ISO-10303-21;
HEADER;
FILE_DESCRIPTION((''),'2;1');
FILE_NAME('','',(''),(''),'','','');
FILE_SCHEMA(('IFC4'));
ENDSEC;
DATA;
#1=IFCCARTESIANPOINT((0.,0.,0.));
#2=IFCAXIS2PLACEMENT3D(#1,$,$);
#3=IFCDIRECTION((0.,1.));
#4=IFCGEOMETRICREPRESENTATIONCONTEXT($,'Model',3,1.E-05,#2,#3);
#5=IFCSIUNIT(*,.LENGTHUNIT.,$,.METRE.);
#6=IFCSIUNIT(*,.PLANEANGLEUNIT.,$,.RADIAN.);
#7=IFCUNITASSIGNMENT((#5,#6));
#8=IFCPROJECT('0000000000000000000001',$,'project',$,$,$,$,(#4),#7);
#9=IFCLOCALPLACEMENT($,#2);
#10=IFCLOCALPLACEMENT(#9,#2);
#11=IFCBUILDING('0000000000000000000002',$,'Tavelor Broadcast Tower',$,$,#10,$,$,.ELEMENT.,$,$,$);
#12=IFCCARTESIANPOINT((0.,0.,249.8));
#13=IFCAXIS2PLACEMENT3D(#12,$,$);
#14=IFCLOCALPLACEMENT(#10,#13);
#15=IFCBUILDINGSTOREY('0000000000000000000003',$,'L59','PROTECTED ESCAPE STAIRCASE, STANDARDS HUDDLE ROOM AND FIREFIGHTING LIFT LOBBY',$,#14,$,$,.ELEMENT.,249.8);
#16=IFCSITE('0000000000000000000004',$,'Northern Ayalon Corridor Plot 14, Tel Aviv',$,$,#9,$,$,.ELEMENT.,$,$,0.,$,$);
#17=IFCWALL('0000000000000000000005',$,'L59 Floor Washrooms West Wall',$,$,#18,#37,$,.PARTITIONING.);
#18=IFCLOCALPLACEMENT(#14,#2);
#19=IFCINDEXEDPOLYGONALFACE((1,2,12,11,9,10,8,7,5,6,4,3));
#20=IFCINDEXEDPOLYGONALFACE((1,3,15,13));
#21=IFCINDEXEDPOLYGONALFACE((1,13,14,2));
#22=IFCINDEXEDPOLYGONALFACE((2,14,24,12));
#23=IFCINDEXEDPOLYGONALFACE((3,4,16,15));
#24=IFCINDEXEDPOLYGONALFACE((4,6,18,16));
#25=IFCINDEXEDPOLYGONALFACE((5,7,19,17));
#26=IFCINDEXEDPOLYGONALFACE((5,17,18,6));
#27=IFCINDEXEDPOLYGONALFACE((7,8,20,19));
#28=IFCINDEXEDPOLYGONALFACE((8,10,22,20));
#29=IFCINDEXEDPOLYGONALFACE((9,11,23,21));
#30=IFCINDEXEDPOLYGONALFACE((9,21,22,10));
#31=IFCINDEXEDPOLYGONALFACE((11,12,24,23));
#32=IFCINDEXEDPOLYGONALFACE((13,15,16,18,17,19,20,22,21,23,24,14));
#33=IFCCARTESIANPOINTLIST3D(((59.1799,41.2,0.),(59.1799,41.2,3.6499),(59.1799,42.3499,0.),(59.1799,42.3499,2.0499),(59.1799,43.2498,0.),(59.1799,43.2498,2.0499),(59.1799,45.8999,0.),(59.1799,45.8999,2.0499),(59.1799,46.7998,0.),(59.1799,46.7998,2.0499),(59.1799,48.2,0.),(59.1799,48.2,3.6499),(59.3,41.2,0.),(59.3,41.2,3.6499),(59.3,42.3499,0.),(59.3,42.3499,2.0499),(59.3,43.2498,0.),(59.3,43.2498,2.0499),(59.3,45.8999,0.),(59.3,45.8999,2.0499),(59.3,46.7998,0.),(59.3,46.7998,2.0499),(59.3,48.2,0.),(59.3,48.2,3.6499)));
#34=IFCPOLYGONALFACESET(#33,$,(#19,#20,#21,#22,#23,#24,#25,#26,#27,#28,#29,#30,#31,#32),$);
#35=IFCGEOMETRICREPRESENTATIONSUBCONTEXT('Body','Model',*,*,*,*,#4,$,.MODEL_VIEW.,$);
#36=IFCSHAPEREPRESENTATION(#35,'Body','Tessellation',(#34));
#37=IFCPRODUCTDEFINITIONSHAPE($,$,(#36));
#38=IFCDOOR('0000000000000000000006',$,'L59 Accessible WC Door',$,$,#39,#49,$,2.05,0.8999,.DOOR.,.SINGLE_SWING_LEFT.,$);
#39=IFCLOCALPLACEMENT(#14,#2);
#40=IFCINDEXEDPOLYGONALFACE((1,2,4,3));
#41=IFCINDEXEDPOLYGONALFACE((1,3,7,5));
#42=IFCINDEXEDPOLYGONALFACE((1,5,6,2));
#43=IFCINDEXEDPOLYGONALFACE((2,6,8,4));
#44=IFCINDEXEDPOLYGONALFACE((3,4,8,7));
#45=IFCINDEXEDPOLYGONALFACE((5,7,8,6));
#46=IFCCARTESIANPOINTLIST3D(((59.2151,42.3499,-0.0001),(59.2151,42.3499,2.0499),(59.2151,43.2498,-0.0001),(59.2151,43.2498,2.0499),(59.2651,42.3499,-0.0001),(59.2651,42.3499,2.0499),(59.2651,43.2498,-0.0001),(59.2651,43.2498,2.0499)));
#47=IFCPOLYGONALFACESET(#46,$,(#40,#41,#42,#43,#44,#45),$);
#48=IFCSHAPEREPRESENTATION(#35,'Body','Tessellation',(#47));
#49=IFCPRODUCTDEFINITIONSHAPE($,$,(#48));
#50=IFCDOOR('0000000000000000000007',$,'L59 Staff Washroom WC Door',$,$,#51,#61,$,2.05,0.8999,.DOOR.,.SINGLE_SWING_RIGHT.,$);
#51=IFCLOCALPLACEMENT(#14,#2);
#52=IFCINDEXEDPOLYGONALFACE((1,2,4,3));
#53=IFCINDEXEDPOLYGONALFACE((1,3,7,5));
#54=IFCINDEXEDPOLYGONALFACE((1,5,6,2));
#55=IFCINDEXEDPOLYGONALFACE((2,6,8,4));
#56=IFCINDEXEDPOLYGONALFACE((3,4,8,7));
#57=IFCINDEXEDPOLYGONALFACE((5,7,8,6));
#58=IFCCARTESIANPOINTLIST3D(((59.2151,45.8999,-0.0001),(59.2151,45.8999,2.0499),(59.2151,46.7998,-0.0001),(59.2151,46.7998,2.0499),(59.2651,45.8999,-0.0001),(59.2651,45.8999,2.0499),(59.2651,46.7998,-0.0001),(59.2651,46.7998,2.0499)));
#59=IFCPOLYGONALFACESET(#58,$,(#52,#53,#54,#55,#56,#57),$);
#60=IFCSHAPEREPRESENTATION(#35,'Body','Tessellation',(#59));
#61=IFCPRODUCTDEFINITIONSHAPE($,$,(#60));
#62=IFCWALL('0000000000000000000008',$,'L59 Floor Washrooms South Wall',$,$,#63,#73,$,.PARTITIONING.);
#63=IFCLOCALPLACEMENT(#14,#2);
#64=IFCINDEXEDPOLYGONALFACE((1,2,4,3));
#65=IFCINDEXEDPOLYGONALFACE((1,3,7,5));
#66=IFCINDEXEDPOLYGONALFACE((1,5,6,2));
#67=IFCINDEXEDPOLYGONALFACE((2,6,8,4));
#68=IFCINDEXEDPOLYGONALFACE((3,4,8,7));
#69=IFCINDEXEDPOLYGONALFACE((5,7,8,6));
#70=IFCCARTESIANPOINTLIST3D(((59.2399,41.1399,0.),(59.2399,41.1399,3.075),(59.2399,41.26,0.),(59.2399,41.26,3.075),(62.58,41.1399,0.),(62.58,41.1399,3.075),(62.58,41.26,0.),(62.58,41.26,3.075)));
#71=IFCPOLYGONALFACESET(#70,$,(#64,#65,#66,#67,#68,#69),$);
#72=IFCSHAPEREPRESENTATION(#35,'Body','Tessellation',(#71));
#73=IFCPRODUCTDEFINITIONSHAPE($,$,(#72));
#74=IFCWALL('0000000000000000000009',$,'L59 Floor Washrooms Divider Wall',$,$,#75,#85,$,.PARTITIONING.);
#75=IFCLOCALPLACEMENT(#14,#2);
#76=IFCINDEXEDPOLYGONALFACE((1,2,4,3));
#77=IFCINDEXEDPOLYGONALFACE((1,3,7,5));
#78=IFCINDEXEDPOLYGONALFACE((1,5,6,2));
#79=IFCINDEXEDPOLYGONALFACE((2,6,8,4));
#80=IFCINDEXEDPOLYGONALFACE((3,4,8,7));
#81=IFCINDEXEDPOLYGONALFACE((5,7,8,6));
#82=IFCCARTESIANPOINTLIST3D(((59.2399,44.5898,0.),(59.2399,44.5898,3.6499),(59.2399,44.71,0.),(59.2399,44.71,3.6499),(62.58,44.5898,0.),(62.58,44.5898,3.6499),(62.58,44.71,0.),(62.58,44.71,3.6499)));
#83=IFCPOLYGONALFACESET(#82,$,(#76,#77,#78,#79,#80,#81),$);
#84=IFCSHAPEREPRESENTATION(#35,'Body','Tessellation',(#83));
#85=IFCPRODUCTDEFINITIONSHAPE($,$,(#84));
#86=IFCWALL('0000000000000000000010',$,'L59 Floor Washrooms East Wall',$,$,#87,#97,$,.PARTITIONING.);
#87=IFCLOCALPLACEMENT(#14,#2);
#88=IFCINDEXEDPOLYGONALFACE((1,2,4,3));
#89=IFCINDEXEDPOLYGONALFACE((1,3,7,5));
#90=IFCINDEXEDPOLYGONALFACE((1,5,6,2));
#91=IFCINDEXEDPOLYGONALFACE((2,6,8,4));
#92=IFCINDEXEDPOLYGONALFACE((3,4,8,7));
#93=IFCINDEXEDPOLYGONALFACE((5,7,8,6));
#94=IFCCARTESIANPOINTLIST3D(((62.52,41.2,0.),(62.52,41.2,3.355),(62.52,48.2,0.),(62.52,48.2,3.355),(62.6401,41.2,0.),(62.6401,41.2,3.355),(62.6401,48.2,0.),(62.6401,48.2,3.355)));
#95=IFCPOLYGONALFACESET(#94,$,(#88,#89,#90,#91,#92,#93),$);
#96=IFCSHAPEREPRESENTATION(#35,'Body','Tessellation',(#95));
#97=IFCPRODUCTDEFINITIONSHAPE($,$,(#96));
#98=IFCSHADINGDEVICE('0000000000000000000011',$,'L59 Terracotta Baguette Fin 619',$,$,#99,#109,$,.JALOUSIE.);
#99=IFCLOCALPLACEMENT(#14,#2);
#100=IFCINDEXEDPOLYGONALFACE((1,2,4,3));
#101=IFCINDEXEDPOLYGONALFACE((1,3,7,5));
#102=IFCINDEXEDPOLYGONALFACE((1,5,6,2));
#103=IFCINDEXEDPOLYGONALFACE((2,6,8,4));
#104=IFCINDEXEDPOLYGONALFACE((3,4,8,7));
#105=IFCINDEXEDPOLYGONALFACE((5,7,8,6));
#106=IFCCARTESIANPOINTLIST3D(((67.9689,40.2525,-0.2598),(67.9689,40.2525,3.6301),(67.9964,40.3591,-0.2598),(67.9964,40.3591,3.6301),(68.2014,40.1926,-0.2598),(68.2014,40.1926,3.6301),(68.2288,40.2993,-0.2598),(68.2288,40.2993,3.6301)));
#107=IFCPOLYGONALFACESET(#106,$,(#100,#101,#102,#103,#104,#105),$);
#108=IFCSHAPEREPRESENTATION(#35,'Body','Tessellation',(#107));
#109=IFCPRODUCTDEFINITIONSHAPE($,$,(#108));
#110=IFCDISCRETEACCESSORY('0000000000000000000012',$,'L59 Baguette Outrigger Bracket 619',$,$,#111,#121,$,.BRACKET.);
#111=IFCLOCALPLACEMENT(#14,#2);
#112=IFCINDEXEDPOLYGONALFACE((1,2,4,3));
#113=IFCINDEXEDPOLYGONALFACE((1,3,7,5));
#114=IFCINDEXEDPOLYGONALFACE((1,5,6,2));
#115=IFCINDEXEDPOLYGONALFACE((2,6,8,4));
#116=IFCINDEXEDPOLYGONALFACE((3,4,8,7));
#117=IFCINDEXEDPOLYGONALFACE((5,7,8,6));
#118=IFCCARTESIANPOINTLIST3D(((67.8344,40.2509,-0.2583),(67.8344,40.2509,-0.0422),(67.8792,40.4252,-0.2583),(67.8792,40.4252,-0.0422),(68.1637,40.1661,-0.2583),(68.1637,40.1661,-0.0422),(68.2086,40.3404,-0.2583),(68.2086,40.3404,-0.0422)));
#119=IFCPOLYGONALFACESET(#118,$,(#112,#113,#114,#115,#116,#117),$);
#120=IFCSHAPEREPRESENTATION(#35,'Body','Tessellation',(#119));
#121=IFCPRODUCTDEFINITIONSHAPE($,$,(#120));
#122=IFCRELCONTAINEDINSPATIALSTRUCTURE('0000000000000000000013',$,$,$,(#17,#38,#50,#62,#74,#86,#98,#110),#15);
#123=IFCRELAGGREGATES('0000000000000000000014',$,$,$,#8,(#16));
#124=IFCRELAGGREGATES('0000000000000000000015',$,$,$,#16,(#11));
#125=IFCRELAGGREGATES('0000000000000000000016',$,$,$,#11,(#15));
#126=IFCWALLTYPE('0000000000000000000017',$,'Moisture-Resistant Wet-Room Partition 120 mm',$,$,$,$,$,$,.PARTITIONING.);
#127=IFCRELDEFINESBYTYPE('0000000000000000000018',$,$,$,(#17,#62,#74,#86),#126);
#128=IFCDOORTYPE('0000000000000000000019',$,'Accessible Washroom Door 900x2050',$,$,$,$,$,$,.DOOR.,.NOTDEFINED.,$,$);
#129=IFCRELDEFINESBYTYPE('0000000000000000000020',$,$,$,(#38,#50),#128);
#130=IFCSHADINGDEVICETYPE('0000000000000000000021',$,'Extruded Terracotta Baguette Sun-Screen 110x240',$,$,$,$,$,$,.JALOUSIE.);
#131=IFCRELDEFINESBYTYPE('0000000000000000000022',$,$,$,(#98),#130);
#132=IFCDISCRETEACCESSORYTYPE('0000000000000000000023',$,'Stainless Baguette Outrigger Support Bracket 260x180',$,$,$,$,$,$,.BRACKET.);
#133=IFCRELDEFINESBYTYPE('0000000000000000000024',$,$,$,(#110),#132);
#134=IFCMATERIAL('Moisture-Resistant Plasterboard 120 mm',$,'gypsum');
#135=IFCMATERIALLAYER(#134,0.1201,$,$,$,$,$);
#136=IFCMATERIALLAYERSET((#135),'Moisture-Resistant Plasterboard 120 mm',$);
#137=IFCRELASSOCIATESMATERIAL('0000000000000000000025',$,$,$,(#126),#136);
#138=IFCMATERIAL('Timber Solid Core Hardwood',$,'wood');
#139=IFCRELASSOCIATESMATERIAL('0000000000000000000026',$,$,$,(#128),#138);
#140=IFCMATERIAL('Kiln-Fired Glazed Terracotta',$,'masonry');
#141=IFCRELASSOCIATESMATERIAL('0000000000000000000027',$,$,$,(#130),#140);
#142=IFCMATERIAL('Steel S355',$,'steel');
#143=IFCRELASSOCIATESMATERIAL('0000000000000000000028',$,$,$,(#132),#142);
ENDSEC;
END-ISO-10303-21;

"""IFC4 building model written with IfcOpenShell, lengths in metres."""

from ifc_helpers import new_model, si_unit, direction, frame, frame_2d, origin, origin_2d, place, context, subcontext, project, spatial, rectangle, extrude, source, transform, mapped, material, layer, layer_set, type_object, type_shapes, element, fill, save


model = new_model("IFC4")

# Units and contexts
model_context = context("Model", 3, precision=1e-05, world=origin(), true_north=direction((0.0, 1.0)))
body_context = subcontext(model_context, "Body", "Model", "MODEL_VIEW")
ifc_project = project(units=[si_unit("LENGTHUNIT", "METRE"), si_unit("PLANEANGLEUNIT", "RADIAN")], contexts=[model_context])

# Site, building, storey
site_placement = place(None, origin())
site = spatial("IfcSite", under=ifc_project, at=site_placement, Name="Northern Ayalon Corridor Plot 14, Tel Aviv", CompositionType="ELEMENT", RefElevation=0.0)
building_placement = place(site_placement, origin())
building = spatial("IfcBuilding", under=site, at=building_placement, Name="Tavelor Broadcast Tower", CompositionType="ELEMENT")
storey_placement = place(building_placement, frame((0.0, 0.0, 249.8)))
storey = spatial("IfcBuildingStorey", under=building, at=storey_placement, Name="L59", Description="PROTECTED ESCAPE STAIRCASE, STANDARDS HUDDLE ROOM AND FIREFIGHTING LIFT LOBBY", CompositionType="ELEMENT", Elevation=249.8)

# Shared definitions
ifc_material_1 = material(Name="Steel S355", Category="steel")

# Shared definitions
ifc_material_2 = material(Name="Timber Solid Core Hardwood", Category="wood")

# Wall, openings, doors
ifc_material_3 = material(Name="Moisture-Resistant Plasterboard 120 mm", Category="gypsum")
ifc_layer_1 = layer(ifc_material_3, 0.1201)
ifc_layer_set_1 = layer_set([ifc_layer_1], Name="Moisture-Resistant Plasterboard 120 mm")
wall_type_1 = type_object("IfcWallType", Name="Moisture-Resistant Wet-Room Partition 120 mm", PredefinedType="PARTITIONING", material=ifc_layer_set_1)
wall_1_placement = place(storey_placement, frame((59.24, 41.2, 0.0), z_axis=(0.0, 0.0, 1.0), x_axis=(0.0, 1.0, 0.0)))
wall_1 = element("IfcWall", 1, at=wall_1_placement, inside=storey, type_object=wall_type_1, Name="L59 Floor Washrooms West Wall", PredefinedType="PARTITIONING", context=body_context, shape_type="SweptSolid", body=[
    extrude(rectangle(XDim=7.0, YDim=0.1201, at=frame_2d((3.5, 0.0))), origin(), (0.0, 0.0, 1.0), 3.6499),
])
opening_1_placement = place(wall_1_placement, frame((1.1499, 0.0, 0.0)))
opening_1 = element("IfcOpeningElement", 2, at=opening_1_placement, cuts=wall_1, PredefinedType="OPENING", context=body_context, shape_type="SweptSolid", body=[
    extrude(rectangle(XDim=0.8999, YDim=2.05, at=frame_2d((0.45, 1.0249))), frame((0.0, 0.0701, 0.0), z_axis=(0.0, -1.0, 0.0), x_axis=(1.0, 0.0, 0.0)), (0.0, 0.0, 1.0), 0.1401),
])
opening_2_placement = place(wall_1_placement, frame((4.7, 0.0, 0.0)))
opening_2 = element("IfcOpeningElement", 3, at=opening_2_placement, cuts=wall_1, PredefinedType="OPENING", context=body_context, shape_type="SweptSolid", body=[
    extrude(rectangle(XDim=0.8999, YDim=2.05, at=frame_2d((0.45, 1.0249))), frame((0.0, 0.0701, 0.0), z_axis=(0.0, -1.0, 0.0), x_axis=(1.0, 0.0, 0.0)), (0.0, 0.0, 1.0), 0.1401),
])
door_type_1 = type_object("IfcDoorType", Name="Accessible Washroom Door 900x2050", OperationType="NOTDEFINED", PredefinedType="DOOR", material=ifc_material_2)
door_1_placement = place(opening_1_placement, origin())
door_1 = element("IfcDoor", 4, at=door_1_placement, inside=storey, type_object=door_type_1, Name="L59 Accessible WC Door", OperationType="SINGLE_SWING_LEFT", OverallHeight=2.05, OverallWidth=0.8999, PredefinedType="DOOR", context=body_context, shape_type="SweptSolid", body=[
    extrude(rectangle(XDim=0.8999, YDim=2.05, at=frame_2d((0.45, 1.0249))), frame((0.0, 0.0249, 0.0), z_axis=(0.0, -1.0, 0.0), x_axis=(1.0, 0.0, 0.0)), (0.0, 0.0, 1.0), 0.05),
])
fill(opening_1, door_1)
door_2_placement = place(opening_2_placement, origin())
door_2 = element("IfcDoor", 5, at=door_2_placement, inside=storey, type_object=door_type_1, Name="L59 Staff Washroom WC Door", OperationType="SINGLE_SWING_RIGHT", OverallHeight=2.05, OverallWidth=0.8999, PredefinedType="DOOR", context=body_context, shape_type="SweptSolid", body=[
    extrude(rectangle(XDim=0.8999, YDim=2.05, at=frame_2d((0.45, 1.0249))), frame((0.0, 0.0249, 0.0), z_axis=(0.0, -1.0, 0.0), x_axis=(1.0, 0.0, 0.0)), (0.0, 0.0, 1.0), 0.05),
])
fill(opening_2, door_2)

# Walls
wall_2_placement = place(storey_placement, frame((59.24, 41.2, 0.0), z_axis=(0.0, 0.0, 1.0), x_axis=(1.0, 0.0, 0.0)))
element("IfcWall", 6, at=wall_2_placement, inside=storey, type_object=wall_type_1, Name="L59 Floor Washrooms South Wall", PredefinedType="PARTITIONING", context=body_context, shape_type="SweptSolid", body=[
    extrude(rectangle(XDim=3.3401, YDim=0.1201, at=frame_2d((1.6699, 0.0))), origin(), (0.0, 0.0, 1.0), 3.075),
])
wall_3_placement = place(storey_placement, frame((59.24, 44.6499, 0.0), z_axis=(0.0, 0.0, 1.0), x_axis=(1.0, 0.0, 0.0)))
element("IfcWall", 7, at=wall_3_placement, inside=storey, type_object=wall_type_1, Name="L59 Floor Washrooms Divider Wall", PredefinedType="PARTITIONING", context=body_context, shape_type="SweptSolid", body=[
    extrude(rectangle(XDim=3.3401, YDim=0.1201, at=frame_2d((1.6699, 0.0))), origin(), (0.0, 0.0, 1.0), 3.6499),
])
wall_4_placement = place(storey_placement, frame((62.5801, 41.2, 0.0), z_axis=(0.0, 0.0, 1.0), x_axis=(0.0, 1.0, 0.0)))
element("IfcWall", 8, at=wall_4_placement, inside=storey, type_object=wall_type_1, Name="L59 Floor Washrooms East Wall", PredefinedType="PARTITIONING", context=body_context, shape_type="SweptSolid", body=[
    extrude(rectangle(XDim=7.0, YDim=0.1201, at=frame_2d((3.5, 0.0))), origin(), (0.0, 0.0, 1.0), 3.355),
])

# Shading device
ifc_material_4 = material(Name="Kiln-Fired Glazed Terracotta", Category="masonry")
shading_device_type = type_object("IfcShadingDeviceType", Name="Extruded Terracotta Baguette Sun-Screen 110x240", PredefinedType="JALOUSIE", material=ifc_material_4)
shared_shape_1 = source(origin(), body_context, "Body", "SweptSolid", [
    extrude(rectangle(XDim=0.1101, YDim=0.24, at=origin_2d()), origin(), (0.0, 0.0, 1.0), 3.8899),
])
type_shapes(shading_device_type, [shared_shape_1])
shading_device_placement = place(storey_placement, frame((68.0989, 40.2759, -0.2598), z_axis=(0.0, 0.0, 1.0), x_axis=(0.249366, 0.968409, 0.0)))
element("IfcShadingDevice", 9, at=shading_device_placement, inside=storey, type_object=shading_device_type, Name="L59 Terracotta Baguette Fin 619", PredefinedType="JALOUSIE", context=body_context, shape_type="MappedRepresentation", body=[
    mapped(shared_shape_1, transform((0.0, 0.0, 0.0), scale=1.0)),
])

# Discrete accessory
discrete_accessory_type = type_object("IfcDiscreteAccessoryType", Name="Stainless Baguette Outrigger Support Bracket 260x180", PredefinedType="BRACKET", material=ifc_material_1)
shared_shape_2 = source(origin(), body_context, "Body", "SweptSolid", [
    extrude(rectangle(XDim=0.1799, YDim=0.3401, at=origin_2d()), origin(), (0.0, 0.0, 1.0), 0.2161),
])
type_shapes(discrete_accessory_type, [shared_shape_2])
discrete_accessory_placement = place(storey_placement, frame((68.0215, 40.2957, -0.2583), z_axis=(0.0, 0.0, 1.0), x_axis=(0.249366, 0.968409, 0.0)))
element("IfcDiscreteAccessory", 10, at=discrete_accessory_placement, inside=storey, type_object=discrete_accessory_type, Name="L59 Baguette Outrigger Bracket 619", PredefinedType="BRACKET", context=body_context, shape_type="MappedRepresentation", body=[
    mapped(shared_shape_2, transform((0.0, 0.0, 0.0), scale=1.0)),
])

save(model, "model.ifc")
